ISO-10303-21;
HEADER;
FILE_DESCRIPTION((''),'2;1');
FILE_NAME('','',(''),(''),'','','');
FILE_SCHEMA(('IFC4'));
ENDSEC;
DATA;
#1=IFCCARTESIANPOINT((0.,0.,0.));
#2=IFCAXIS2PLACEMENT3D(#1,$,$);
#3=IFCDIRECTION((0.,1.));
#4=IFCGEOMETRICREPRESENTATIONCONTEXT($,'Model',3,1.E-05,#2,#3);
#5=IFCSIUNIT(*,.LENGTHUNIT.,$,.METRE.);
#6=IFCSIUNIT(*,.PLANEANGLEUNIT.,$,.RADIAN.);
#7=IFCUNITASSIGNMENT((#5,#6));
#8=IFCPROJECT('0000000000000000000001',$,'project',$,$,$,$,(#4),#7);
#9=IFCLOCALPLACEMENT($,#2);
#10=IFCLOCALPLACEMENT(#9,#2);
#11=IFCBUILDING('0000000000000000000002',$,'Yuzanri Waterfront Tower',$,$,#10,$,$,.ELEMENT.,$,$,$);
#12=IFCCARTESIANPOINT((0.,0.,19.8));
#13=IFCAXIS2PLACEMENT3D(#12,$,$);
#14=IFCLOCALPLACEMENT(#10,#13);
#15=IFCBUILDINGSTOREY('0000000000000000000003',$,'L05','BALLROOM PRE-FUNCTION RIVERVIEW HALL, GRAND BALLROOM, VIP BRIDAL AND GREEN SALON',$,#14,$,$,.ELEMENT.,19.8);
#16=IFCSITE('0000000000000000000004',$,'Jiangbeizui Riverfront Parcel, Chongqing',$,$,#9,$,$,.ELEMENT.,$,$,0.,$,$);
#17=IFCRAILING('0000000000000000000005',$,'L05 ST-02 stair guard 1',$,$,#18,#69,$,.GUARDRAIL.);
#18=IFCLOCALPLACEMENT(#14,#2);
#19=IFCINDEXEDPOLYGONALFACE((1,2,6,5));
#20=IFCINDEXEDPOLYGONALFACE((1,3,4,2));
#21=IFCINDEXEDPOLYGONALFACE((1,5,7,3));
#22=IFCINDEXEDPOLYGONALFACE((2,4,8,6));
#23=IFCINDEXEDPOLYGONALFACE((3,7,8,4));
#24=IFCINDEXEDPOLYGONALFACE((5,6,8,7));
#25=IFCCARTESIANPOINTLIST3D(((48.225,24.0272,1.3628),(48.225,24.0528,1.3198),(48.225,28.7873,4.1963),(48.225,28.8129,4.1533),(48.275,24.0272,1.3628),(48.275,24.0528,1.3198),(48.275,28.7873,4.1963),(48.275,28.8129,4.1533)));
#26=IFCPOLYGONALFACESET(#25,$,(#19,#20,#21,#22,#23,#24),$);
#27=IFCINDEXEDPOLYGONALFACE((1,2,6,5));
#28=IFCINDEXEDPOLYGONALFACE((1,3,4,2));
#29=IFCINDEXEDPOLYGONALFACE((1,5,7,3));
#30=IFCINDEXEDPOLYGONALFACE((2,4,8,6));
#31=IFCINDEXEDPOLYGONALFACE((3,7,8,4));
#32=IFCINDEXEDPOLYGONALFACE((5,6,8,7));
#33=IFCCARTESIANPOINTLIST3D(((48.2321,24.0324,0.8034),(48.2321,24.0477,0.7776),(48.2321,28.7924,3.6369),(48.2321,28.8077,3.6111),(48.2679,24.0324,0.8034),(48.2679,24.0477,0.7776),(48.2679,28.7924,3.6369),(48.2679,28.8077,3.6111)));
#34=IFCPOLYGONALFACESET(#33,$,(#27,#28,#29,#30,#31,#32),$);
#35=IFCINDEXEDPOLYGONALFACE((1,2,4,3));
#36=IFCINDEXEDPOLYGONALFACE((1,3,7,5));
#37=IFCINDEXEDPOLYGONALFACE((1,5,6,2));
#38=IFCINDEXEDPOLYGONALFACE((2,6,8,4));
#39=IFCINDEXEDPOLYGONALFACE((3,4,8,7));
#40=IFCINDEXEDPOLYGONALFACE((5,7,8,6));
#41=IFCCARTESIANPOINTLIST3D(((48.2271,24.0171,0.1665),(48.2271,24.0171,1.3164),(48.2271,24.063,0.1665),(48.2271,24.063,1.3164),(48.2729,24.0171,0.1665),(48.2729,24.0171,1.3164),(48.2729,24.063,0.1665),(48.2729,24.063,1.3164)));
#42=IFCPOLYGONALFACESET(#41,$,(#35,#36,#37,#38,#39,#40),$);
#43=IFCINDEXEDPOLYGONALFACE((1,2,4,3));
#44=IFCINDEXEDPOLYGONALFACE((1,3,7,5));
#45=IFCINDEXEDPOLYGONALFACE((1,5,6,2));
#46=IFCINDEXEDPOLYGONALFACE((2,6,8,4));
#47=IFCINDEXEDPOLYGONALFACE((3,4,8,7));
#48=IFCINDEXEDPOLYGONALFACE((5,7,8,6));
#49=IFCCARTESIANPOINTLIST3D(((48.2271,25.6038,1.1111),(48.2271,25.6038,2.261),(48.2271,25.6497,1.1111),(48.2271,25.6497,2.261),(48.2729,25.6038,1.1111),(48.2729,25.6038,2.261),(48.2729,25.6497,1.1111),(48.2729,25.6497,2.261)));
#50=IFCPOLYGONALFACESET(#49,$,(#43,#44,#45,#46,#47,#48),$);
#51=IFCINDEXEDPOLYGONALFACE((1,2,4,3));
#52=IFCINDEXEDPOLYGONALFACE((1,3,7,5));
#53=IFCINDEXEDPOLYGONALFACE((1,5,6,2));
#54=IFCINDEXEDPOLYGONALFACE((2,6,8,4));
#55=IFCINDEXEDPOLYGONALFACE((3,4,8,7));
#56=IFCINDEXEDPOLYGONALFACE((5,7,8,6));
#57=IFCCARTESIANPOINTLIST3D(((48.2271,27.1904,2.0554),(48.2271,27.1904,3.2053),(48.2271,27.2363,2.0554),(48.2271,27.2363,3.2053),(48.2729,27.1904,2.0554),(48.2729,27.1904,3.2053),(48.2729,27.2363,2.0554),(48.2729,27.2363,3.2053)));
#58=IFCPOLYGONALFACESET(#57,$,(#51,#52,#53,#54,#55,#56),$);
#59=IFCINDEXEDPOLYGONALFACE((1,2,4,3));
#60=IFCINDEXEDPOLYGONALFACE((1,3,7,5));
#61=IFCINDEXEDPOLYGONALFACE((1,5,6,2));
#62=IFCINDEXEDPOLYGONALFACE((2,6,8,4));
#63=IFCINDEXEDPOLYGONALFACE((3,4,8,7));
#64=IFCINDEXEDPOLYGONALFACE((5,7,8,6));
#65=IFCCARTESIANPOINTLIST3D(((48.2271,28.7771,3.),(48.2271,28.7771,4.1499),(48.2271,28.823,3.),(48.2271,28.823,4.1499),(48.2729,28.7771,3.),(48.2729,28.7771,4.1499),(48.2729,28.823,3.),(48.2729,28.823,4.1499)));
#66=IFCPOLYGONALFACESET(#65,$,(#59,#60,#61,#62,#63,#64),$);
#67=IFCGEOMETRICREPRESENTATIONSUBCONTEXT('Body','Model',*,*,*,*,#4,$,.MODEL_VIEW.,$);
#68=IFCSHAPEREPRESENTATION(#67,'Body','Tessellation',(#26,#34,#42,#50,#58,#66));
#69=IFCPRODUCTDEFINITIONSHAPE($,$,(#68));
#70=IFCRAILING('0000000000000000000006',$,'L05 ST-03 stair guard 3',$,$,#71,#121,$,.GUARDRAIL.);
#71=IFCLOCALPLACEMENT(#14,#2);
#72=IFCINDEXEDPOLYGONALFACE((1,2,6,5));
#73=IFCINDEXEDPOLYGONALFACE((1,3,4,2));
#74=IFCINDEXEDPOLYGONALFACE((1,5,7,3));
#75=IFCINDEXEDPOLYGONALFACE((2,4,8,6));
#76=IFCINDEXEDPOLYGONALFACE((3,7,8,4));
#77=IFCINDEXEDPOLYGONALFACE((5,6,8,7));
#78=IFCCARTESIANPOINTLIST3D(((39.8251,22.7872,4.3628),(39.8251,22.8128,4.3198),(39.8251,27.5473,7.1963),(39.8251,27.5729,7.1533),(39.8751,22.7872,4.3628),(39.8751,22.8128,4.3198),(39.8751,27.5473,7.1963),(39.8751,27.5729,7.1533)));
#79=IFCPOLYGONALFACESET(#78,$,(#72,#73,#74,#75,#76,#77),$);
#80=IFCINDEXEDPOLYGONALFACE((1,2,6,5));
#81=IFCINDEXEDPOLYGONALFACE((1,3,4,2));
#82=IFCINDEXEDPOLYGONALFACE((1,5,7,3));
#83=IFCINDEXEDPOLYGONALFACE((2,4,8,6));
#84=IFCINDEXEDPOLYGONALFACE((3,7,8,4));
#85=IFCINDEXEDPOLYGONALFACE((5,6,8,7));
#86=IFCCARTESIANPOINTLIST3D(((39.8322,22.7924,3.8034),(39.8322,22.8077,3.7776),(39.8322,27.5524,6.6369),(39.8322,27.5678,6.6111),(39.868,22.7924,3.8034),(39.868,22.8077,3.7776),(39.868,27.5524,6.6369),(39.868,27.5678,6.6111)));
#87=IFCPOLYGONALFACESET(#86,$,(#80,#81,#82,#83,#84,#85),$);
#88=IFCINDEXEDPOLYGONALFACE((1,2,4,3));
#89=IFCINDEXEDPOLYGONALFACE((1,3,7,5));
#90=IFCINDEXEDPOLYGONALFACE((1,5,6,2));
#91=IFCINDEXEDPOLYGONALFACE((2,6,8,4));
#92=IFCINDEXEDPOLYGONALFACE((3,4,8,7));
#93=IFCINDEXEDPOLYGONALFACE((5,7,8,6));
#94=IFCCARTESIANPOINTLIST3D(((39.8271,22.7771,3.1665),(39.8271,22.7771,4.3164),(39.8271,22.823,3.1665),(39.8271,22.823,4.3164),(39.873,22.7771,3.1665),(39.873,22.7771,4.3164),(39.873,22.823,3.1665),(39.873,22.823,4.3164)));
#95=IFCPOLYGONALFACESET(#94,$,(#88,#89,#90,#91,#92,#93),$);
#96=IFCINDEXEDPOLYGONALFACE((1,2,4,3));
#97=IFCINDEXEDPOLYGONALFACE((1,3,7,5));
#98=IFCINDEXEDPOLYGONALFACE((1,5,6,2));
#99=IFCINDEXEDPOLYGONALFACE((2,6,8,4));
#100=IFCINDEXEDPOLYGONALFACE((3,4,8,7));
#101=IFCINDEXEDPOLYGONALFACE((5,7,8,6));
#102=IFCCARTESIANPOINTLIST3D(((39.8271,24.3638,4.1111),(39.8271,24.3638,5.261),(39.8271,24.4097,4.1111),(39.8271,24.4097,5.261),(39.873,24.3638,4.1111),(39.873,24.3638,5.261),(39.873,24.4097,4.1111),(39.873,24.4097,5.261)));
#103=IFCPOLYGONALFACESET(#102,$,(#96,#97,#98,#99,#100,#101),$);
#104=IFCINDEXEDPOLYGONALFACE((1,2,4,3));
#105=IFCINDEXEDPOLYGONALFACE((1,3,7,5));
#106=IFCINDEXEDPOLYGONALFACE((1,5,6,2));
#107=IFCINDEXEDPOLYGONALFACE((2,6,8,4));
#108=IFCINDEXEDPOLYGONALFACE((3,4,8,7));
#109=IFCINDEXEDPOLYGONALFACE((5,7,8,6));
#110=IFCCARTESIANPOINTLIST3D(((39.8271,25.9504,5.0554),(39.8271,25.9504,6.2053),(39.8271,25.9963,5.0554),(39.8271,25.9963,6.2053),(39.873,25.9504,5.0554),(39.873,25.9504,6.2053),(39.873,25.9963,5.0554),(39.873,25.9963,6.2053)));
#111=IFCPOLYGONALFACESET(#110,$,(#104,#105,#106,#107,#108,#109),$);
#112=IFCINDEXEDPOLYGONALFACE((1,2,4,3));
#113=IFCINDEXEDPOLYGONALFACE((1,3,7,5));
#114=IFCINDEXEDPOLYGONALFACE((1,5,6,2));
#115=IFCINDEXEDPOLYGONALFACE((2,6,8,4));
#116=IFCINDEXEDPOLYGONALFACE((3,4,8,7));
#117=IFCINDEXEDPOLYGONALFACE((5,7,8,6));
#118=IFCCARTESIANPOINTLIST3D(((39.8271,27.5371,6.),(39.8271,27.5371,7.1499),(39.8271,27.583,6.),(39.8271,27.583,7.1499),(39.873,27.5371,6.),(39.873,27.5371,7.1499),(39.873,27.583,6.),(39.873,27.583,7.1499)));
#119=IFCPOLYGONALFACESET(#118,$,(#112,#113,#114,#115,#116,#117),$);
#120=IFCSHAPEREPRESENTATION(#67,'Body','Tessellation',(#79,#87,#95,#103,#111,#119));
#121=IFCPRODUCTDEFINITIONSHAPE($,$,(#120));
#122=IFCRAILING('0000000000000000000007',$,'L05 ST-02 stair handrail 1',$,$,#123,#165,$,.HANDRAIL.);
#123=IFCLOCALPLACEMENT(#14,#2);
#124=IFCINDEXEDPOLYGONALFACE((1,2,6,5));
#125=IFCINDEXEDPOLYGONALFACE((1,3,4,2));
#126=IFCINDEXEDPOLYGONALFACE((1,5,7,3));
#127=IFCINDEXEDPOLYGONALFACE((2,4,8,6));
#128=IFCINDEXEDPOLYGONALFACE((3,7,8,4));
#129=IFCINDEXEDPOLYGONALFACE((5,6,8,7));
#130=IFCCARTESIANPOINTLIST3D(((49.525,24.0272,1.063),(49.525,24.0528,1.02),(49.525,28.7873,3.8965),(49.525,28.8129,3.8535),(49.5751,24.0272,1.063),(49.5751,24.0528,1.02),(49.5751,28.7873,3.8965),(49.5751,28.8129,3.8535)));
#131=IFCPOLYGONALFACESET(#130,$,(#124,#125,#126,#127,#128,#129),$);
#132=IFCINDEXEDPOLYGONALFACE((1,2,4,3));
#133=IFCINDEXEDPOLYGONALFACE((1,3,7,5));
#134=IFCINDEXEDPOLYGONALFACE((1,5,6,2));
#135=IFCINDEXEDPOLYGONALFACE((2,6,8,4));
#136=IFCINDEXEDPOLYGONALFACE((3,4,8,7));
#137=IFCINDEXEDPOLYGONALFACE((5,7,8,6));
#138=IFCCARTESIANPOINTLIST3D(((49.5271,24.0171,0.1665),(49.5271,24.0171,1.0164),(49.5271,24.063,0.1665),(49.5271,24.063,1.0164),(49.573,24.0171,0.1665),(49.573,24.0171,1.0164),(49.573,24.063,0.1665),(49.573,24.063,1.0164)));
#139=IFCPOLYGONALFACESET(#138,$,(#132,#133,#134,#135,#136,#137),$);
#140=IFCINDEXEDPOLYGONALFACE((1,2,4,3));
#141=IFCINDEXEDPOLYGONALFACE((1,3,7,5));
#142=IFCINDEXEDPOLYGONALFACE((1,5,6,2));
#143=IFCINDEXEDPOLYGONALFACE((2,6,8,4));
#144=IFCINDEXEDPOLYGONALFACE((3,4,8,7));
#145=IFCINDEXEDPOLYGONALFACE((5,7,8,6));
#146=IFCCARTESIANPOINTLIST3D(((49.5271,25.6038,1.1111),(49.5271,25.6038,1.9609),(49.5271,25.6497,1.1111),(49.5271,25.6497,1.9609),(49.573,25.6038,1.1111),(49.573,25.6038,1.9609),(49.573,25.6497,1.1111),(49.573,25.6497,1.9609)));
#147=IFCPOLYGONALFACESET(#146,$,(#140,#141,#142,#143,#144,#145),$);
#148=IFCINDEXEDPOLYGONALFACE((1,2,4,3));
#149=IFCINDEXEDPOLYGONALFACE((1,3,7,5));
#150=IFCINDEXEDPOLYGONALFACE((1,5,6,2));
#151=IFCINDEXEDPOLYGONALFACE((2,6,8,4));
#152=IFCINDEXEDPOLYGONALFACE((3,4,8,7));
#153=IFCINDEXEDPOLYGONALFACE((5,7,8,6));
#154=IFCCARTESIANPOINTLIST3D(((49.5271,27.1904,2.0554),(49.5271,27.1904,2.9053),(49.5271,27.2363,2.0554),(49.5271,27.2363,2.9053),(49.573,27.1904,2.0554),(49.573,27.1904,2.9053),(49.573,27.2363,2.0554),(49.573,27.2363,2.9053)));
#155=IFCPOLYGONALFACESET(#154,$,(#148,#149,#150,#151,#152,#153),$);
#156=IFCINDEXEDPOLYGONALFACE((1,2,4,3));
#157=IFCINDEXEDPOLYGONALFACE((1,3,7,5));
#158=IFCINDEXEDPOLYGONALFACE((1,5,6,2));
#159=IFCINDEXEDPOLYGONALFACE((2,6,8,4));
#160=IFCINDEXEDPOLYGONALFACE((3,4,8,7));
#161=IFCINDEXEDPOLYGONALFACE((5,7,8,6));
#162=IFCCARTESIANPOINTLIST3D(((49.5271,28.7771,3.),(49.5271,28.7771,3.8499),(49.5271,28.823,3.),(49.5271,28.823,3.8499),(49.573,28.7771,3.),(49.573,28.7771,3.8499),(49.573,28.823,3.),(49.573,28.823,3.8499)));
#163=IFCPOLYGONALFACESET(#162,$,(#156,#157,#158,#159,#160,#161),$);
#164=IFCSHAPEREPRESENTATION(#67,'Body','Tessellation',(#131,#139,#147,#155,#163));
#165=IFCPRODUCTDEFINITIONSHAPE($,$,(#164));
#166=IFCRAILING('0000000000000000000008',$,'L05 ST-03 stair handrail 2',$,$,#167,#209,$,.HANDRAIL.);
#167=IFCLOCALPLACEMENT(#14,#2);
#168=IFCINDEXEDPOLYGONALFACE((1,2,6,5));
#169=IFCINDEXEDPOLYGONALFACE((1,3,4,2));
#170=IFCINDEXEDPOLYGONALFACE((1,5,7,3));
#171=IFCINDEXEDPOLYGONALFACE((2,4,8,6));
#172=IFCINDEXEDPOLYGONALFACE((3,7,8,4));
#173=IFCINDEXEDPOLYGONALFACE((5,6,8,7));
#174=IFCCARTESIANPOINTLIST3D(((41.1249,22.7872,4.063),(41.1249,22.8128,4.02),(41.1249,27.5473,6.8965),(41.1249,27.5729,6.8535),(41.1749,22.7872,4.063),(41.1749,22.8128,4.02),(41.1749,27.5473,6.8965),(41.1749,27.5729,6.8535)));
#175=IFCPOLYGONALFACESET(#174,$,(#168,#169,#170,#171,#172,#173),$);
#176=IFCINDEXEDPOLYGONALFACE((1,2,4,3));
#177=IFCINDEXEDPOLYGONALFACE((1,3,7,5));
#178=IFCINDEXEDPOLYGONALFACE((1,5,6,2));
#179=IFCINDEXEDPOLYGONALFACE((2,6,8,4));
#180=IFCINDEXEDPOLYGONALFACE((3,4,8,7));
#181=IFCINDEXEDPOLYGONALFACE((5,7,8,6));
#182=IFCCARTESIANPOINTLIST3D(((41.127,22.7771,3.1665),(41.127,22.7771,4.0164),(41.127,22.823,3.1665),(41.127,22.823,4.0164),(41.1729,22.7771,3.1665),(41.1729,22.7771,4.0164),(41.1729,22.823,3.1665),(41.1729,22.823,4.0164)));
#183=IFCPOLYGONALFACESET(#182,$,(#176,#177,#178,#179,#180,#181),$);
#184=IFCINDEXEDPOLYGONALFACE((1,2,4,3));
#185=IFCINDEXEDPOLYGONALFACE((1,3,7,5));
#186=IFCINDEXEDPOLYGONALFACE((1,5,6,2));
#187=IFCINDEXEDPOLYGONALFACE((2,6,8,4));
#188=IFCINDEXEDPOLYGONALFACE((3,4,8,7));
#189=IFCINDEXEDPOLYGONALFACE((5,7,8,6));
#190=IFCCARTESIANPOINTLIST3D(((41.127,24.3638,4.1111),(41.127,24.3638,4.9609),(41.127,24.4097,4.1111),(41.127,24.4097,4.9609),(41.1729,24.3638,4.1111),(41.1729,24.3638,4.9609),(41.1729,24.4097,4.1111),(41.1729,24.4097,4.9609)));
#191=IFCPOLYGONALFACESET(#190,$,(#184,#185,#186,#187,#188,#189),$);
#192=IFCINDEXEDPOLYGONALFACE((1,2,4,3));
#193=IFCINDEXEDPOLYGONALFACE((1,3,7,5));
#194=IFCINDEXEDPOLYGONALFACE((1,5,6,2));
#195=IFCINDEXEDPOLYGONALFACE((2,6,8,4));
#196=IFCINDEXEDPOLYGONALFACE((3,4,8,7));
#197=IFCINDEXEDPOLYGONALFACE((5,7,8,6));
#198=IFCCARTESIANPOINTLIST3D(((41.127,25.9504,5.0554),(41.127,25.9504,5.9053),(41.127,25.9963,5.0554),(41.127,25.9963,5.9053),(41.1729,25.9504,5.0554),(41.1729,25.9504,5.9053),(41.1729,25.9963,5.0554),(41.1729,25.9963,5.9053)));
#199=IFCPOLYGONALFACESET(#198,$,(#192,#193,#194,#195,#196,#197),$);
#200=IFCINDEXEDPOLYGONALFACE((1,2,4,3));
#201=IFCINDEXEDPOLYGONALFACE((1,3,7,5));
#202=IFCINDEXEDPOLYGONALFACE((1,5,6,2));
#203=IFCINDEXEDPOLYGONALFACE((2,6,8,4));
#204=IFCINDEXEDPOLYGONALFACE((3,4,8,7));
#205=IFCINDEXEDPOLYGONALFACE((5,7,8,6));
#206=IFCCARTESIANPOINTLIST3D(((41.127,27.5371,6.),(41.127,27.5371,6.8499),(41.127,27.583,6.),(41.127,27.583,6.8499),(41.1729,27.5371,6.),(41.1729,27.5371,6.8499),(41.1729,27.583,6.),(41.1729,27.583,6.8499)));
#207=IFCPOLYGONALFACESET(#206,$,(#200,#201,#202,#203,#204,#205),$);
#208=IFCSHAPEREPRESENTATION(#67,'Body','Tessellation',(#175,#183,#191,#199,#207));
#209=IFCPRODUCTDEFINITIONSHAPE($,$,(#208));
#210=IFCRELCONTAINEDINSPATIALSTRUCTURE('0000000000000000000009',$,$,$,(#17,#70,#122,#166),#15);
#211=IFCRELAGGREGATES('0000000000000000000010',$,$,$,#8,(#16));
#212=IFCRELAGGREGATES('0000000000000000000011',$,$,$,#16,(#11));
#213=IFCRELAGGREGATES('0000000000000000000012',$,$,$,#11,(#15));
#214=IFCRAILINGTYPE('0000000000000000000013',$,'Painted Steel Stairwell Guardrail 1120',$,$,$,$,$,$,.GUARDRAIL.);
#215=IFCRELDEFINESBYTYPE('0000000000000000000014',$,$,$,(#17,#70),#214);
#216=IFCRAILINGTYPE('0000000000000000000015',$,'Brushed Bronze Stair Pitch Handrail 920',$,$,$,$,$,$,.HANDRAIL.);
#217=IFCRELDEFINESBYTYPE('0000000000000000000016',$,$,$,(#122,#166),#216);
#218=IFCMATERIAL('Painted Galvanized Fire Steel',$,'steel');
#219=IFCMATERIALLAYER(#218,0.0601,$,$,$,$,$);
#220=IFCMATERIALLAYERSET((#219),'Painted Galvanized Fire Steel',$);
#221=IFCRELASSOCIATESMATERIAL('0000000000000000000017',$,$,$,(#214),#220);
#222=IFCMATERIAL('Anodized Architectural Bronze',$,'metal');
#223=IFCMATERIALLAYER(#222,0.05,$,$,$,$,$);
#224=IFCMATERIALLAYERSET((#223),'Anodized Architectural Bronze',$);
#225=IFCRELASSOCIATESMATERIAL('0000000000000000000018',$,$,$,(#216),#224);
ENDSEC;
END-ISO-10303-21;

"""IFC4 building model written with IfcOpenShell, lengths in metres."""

from ifc_helpers import new_model, si_unit, direction, frame, origin, origin_2d, place, context, subcontext, project, spatial, rectangle, extrude, source, transform, mapped, material, layer, layer_set, type_object, element, save


model = new_model("IFC4")

# Units and contexts
model_context = context("Model", 3, precision=1e-05, world=origin(), true_north=direction((0.0, 1.0)))
body_context = subcontext(model_context, "Body", "Model", "MODEL_VIEW")
ifc_project = project(units=[si_unit("LENGTHUNIT", "METRE"), si_unit("PLANEANGLEUNIT", "RADIAN")], contexts=[model_context])

# Site, building, storey
site_placement = place(None, origin())
site = spatial("IfcSite", under=ifc_project, at=site_placement, Name="Jiangbeizui Riverfront Parcel, Chongqing", CompositionType="ELEMENT", RefElevation=0.0)
building_placement = place(site_placement, origin())
building = spatial("IfcBuilding", under=site, at=building_placement, Name="Yuzanri Waterfront Tower", CompositionType="ELEMENT")
storey_placement = place(building_placement, frame((0.0, 0.0, 19.8)))
storey = spatial("IfcBuildingStorey", under=building, at=storey_placement, Name="L05", Description="BALLROOM PRE-FUNCTION RIVERVIEW HALL, GRAND BALLROOM, VIP BRIDAL AND GREEN SALON", CompositionType="ELEMENT", Elevation=19.8)

# Railings
ifc_material_1 = material(Name="Painted Galvanized Fire Steel", Category="steel")
ifc_layer_1 = layer(ifc_material_1, 0.0601)
ifc_layer_set_1 = layer_set([ifc_layer_1], Name="Painted Galvanized Fire Steel")
railing_type_1 = type_object("IfcRailingType", Name="Painted Steel Stairwell Guardrail 1120", PredefinedType="GUARDRAIL", material=ifc_layer_set_1)
shared_shape_1 = source(origin(), body_context, "Body", "SweptSolid", [
    extrude(rectangle(XDim=0.05, YDim=0.05, at=origin_2d()), frame((0.0, 0.0, 1.1748), z_axis=(0.0, 0.85928, 0.511505), x_axis=(-1.0, 0.0, 0.0)), (0.0, 0.0, 1.0), 5.5396),
    extrude(rectangle(XDim=0.0359, YDim=0.03, at=origin_2d()), frame((0.0, 0.0, 0.624), z_axis=(0.0, 0.85928, 0.511505), x_axis=(-1.0, 0.0, 0.0)), (0.0, 0.0, 1.0), 5.5396),
    extrude(rectangle(XDim=0.0459, YDim=0.0459, at=origin_2d()), origin(), (0.0, 0.0, 1.0), 1.1499),
    extrude(rectangle(XDim=0.0459, YDim=0.0459, at=origin_2d()), frame((0.0, 1.5867, 0.9446)), (0.0, 0.0, 1.0), 1.1499),
    extrude(rectangle(XDim=0.0459, YDim=0.0459, at=origin_2d()), frame((0.0, 3.1733, 1.8889)), (0.0, 0.0, 1.0), 1.1499),
    extrude(rectangle(XDim=0.0459, YDim=0.0459, at=origin_2d()), frame((0.0, 4.76, 2.8335)), (0.0, 0.0, 1.0), 1.1499),
])
for number, where, name in (
    (1, (48.25, 24.04, 0.1665), "L05 ST-02 stair guard 1"),
    (2, (39.8501, 22.8, 3.1665), "L05 ST-03 stair guard 3"),
):
    element("IfcRailing", number, at=place(storey_placement, frame(where)), inside=storey, type_object=railing_type_1, Name=name, PredefinedType="GUARDRAIL", context=body_context, shape_type="MappedRepresentation", body=[
        mapped(shared_shape_1, transform((0.0, 0.0, 0.0), scale=1.0)),
    ])
ifc_material_2 = material(Name="Anodized Architectural Bronze", Category="metal")
ifc_layer_2 = layer(ifc_material_2, 0.05)
ifc_layer_set_2 = layer_set([ifc_layer_2], Name="Anodized Architectural Bronze")
railing_type_2 = type_object("IfcRailingType", Name="Brushed Bronze Stair Pitch Handrail 920", PredefinedType="HANDRAIL", material=ifc_layer_set_2)
shared_shape_2 = source(origin(), body_context, "Body", "SweptSolid", [
    extrude(rectangle(XDim=0.05, YDim=0.05, at=origin_2d()), frame((0.0, 0.0, 0.875), z_axis=(0.0, 0.85928, 0.511505), x_axis=(-1.0, 0.0, 0.0)), (0.0, 0.0, 1.0), 5.5396),
    extrude(rectangle(XDim=0.0459, YDim=0.0459, at=origin_2d()), origin(), (0.0, 0.0, 1.0), 0.8499),
    extrude(rectangle(XDim=0.0459, YDim=0.0459, at=origin_2d()), frame((0.0, 1.5867, 0.9446)), (0.0, 0.0, 1.0), 0.8499),
    extrude(rectangle(XDim=0.0459, YDim=0.0459, at=origin_2d()), frame((0.0, 3.1733, 1.8889)), (0.0, 0.0, 1.0), 0.8499),
    extrude(rectangle(XDim=0.0459, YDim=0.0459, at=origin_2d()), frame((0.0, 4.76, 2.8335)), (0.0, 0.0, 1.0), 0.8499),
])
for number, where, name in (
    (3, (49.55, 24.04, 0.1665), "L05 ST-02 stair handrail 1"),
    (4, (41.1499, 22.8, 3.1665), "L05 ST-03 stair handrail 2"),
):
    element("IfcRailing", number, at=place(storey_placement, frame(where)), inside=storey, type_object=railing_type_2, Name=name, PredefinedType="HANDRAIL", context=body_context, shape_type="MappedRepresentation", body=[
        mapped(shared_shape_2, transform((0.0, 0.0, 0.0), scale=1.0)),
    ])

save(model, "model.ifc")
